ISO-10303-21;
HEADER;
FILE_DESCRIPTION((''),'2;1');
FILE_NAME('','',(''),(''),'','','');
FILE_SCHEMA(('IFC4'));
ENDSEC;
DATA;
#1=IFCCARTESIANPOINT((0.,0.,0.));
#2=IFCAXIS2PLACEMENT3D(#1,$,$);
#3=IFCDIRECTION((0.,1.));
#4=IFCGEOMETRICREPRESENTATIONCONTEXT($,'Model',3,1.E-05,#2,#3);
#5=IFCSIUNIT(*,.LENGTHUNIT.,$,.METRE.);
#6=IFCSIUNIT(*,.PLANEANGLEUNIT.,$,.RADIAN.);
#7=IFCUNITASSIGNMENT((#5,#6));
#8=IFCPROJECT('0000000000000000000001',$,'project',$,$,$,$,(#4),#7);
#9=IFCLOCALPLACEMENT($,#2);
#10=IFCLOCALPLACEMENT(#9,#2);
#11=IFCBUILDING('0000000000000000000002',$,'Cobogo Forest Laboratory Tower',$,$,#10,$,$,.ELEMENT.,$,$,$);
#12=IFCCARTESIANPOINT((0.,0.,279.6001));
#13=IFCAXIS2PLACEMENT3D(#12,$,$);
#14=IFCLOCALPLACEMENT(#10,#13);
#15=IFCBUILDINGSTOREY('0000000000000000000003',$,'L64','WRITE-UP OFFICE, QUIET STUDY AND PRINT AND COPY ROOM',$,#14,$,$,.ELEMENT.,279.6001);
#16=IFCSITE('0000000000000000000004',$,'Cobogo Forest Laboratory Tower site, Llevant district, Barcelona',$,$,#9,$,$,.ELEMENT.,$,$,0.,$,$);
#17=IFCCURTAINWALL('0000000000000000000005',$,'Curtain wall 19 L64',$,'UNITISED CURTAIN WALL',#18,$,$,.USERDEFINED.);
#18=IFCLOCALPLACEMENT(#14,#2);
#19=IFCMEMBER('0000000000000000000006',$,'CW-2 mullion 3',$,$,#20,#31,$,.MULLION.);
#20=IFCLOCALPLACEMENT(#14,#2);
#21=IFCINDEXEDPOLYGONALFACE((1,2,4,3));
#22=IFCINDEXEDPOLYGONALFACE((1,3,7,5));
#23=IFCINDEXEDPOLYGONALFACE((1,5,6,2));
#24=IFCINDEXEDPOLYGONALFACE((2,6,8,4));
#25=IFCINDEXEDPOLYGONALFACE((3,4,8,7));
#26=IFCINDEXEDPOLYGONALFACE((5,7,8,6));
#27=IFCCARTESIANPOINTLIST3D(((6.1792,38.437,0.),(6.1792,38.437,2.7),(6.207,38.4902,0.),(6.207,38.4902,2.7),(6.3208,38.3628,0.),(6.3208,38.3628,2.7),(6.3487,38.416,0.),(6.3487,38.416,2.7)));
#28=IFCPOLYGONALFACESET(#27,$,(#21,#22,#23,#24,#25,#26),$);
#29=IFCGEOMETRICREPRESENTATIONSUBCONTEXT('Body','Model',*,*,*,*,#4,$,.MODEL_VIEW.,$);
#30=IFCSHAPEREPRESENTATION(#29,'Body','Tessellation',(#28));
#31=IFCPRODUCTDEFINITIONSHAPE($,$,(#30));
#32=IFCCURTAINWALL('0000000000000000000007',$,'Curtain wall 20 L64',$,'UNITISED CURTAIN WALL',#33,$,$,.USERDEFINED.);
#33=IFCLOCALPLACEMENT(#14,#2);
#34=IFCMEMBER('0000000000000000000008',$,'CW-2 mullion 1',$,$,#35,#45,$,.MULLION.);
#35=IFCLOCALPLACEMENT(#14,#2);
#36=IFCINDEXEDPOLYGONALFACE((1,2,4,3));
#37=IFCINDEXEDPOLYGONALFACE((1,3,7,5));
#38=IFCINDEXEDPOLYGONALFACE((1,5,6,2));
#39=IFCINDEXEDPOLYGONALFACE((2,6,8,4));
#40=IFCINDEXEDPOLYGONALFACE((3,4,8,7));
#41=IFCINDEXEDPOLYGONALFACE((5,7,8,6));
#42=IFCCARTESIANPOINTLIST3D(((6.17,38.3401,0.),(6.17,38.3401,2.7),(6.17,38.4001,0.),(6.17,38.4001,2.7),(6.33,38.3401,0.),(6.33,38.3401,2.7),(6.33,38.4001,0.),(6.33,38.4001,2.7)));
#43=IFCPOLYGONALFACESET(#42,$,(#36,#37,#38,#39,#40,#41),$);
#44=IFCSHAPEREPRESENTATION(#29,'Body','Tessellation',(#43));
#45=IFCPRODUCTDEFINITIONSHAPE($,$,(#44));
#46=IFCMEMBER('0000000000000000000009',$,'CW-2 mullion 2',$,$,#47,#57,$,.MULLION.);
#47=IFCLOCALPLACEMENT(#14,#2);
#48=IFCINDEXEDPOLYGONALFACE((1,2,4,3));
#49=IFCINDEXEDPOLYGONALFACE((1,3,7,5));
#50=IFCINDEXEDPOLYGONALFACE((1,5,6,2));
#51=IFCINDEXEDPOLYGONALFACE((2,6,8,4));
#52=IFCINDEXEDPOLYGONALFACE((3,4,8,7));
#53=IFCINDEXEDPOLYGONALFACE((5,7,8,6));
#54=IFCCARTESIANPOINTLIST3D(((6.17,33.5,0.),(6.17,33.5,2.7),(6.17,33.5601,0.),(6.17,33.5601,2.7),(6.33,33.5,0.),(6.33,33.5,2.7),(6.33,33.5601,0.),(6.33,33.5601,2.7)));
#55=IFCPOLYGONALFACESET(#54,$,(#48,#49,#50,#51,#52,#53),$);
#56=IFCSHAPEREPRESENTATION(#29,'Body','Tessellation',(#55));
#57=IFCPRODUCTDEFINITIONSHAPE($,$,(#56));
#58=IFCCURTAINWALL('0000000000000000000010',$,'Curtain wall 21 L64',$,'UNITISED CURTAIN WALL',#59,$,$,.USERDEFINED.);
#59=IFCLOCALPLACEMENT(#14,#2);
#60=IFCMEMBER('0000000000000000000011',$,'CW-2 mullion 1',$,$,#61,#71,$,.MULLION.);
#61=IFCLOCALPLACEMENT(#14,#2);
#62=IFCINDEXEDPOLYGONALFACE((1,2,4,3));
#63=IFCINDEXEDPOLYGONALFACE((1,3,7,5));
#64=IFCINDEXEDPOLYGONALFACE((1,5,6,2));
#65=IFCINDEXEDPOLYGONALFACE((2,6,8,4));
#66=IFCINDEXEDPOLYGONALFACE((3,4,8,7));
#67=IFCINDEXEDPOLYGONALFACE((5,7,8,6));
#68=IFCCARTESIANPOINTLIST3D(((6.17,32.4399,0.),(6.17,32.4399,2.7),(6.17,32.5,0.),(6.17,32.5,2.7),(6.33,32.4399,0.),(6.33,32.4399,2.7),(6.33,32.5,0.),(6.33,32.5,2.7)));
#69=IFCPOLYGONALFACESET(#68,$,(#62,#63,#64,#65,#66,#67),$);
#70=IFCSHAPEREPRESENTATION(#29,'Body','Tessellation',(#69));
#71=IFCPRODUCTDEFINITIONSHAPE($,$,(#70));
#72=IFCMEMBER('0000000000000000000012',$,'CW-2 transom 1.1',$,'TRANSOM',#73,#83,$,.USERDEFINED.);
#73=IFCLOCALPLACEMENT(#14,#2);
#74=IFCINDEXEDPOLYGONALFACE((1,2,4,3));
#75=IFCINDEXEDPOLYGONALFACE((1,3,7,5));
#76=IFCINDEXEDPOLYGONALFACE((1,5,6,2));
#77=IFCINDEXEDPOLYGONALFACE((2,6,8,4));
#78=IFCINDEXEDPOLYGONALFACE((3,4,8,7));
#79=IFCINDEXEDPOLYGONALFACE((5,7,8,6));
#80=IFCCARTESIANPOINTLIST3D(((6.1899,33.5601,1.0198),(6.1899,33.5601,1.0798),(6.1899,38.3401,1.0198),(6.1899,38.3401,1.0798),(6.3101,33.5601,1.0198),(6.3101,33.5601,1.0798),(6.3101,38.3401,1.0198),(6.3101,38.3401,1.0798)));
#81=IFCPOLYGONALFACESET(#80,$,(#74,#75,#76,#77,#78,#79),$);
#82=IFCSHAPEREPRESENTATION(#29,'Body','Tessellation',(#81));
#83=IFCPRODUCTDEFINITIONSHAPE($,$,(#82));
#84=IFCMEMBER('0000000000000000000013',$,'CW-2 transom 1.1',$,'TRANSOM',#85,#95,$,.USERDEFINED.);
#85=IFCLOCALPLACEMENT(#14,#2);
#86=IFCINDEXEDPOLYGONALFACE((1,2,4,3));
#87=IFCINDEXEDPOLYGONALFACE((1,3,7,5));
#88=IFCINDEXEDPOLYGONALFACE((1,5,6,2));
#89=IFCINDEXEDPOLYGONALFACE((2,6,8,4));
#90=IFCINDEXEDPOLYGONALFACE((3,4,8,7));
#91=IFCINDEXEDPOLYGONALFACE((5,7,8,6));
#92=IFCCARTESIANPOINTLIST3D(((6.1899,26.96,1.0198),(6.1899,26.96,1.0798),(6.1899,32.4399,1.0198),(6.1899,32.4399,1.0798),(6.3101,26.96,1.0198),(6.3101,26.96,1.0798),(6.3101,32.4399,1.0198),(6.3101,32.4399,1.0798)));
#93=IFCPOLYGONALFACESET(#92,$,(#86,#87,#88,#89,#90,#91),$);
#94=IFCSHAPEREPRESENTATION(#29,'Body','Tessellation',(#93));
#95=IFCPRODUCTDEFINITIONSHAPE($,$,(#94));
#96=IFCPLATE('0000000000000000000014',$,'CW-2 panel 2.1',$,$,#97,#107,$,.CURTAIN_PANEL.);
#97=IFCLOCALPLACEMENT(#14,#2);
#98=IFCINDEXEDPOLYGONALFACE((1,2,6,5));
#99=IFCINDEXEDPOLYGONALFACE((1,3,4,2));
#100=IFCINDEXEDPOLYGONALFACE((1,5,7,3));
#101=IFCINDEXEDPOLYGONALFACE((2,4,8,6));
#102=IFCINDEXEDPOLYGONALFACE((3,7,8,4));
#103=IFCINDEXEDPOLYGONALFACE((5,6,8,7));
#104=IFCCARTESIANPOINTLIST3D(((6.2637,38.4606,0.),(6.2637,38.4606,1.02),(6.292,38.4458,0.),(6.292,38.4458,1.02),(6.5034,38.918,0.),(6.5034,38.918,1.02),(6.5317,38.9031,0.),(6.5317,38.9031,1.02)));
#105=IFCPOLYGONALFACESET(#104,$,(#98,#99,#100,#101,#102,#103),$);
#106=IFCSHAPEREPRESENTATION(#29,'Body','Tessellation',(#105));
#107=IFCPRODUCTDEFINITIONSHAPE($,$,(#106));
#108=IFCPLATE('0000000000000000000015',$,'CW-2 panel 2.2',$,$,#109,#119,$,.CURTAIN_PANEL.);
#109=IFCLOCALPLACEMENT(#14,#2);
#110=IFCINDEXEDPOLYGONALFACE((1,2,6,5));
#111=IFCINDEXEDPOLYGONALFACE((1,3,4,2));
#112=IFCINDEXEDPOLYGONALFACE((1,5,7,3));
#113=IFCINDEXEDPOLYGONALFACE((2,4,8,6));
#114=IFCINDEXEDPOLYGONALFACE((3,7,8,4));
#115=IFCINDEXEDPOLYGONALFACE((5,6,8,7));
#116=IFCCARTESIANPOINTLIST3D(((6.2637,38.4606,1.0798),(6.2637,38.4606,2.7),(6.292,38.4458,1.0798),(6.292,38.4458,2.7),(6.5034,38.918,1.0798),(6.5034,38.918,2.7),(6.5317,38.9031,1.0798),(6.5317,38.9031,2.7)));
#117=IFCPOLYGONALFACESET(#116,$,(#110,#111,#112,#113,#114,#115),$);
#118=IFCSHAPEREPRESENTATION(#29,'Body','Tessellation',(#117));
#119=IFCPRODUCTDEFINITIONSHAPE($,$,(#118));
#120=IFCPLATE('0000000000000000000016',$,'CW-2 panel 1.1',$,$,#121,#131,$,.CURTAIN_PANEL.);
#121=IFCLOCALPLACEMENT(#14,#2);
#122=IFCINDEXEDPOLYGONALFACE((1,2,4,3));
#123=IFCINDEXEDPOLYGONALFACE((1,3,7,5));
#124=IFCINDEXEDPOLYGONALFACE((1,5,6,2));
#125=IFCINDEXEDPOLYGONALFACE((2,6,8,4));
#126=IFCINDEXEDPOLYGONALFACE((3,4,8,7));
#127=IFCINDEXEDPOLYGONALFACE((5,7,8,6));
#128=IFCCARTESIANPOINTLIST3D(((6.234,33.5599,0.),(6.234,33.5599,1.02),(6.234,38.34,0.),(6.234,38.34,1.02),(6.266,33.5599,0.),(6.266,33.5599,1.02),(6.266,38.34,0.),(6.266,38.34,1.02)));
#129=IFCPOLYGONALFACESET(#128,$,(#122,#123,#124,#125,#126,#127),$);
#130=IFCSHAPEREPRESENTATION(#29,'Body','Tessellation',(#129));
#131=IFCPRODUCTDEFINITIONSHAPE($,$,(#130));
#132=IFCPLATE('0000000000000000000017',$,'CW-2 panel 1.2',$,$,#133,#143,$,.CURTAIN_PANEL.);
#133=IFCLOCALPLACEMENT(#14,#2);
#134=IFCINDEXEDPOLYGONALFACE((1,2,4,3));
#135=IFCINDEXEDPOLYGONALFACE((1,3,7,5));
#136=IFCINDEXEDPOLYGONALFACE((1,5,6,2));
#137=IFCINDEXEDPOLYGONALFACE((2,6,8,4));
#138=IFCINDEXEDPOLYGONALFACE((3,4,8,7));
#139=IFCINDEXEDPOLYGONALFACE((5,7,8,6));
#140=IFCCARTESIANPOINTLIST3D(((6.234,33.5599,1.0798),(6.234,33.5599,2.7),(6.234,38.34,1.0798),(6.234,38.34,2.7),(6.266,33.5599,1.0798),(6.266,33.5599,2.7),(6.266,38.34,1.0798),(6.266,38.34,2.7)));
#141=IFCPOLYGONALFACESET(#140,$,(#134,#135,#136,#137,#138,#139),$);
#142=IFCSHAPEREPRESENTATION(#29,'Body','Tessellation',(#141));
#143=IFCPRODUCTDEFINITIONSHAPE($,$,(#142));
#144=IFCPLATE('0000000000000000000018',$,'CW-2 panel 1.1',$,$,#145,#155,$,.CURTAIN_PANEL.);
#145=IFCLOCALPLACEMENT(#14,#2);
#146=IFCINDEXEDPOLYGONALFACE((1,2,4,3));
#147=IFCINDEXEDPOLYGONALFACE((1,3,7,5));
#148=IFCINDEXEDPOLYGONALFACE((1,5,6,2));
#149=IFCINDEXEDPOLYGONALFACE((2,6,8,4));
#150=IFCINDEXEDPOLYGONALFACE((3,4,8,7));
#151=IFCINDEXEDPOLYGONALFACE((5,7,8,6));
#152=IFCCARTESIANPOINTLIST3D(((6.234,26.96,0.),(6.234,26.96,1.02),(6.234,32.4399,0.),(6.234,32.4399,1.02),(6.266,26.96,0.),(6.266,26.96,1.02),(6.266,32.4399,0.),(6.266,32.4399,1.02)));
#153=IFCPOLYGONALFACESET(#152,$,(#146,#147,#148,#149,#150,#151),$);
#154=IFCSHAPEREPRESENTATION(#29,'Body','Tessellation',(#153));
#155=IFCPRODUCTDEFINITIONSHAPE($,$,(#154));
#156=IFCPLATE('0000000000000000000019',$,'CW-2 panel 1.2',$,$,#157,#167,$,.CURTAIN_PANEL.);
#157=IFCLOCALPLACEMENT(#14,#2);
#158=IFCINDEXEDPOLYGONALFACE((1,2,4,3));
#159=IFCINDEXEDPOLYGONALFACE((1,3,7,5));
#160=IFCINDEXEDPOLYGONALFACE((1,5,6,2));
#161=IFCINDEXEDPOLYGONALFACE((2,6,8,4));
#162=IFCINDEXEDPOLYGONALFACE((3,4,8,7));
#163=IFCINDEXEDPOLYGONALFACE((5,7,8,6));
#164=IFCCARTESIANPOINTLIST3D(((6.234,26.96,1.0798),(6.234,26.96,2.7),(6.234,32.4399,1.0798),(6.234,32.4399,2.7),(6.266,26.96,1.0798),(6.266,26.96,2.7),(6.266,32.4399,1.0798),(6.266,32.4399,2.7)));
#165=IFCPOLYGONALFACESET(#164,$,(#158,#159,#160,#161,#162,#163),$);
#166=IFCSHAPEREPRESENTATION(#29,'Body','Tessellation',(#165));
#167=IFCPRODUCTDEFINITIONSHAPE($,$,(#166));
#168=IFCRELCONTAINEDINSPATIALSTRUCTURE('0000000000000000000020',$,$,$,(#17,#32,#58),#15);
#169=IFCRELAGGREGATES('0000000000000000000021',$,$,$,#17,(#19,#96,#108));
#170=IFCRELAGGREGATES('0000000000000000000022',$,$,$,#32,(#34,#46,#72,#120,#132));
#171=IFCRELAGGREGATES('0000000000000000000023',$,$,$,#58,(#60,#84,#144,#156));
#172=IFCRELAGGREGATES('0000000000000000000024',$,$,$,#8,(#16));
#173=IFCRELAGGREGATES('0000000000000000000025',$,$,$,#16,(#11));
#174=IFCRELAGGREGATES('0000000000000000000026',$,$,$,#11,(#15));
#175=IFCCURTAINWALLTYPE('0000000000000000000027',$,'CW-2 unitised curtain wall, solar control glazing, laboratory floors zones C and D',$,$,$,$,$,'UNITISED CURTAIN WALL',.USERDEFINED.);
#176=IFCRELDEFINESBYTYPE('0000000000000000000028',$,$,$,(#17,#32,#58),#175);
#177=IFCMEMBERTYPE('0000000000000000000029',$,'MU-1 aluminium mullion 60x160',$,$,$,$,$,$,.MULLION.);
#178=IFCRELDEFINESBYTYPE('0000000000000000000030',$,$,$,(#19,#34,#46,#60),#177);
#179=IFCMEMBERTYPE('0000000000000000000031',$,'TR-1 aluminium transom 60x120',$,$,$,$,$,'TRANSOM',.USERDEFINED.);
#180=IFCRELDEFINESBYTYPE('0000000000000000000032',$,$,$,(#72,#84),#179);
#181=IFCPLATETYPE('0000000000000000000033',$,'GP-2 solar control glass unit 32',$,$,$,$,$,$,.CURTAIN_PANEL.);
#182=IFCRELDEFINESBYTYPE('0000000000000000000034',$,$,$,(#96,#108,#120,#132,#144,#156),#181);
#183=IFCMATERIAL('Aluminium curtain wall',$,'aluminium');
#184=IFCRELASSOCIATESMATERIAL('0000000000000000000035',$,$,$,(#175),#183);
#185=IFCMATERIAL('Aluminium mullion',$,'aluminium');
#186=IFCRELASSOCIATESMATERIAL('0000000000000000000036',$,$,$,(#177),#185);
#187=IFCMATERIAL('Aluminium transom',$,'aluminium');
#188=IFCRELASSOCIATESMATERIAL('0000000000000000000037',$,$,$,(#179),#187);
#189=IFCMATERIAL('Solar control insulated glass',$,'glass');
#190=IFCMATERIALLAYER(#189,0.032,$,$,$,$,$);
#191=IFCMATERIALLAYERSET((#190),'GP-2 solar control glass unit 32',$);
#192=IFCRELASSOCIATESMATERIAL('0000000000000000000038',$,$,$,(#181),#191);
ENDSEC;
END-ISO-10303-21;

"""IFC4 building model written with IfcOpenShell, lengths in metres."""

from ifc_helpers import new_model, si_unit, direction, frame, origin, origin_2d, place, context, subcontext, project, spatial, rectangle, extrude, material, layer, layer_set, material_profile, profile_set, type_object, element, aggregate, save


model = new_model("IFC4")

# Units and contexts
model_context = context("Model", 3, precision=1e-05, world=origin(), true_north=direction((0.0, 1.0)))
body_context = subcontext(model_context, "Body", "Model", "MODEL_VIEW")
ifc_project = project(units=[si_unit("LENGTHUNIT", "METRE"), si_unit("PLANEANGLEUNIT", "RADIAN")], contexts=[model_context])

# Site, building, storey
site_placement = place(None, origin())
site = spatial("IfcSite", under=ifc_project, at=site_placement, Name="Cobogo Forest Laboratory Tower site, Llevant district, Barcelona", CompositionType="ELEMENT", RefElevation=0.0)
building_placement = place(site_placement, origin())
building = spatial("IfcBuilding", under=site, at=building_placement, Name="Cobogo Forest Laboratory Tower", CompositionType="ELEMENT")
storey_placement = place(building_placement, frame((0.0, 0.0, 279.6001)))
storey = spatial("IfcBuildingStorey", under=building, at=storey_placement, Name="L64", Description="WRITE-UP OFFICE, QUIET STUDY AND PRINT AND COPY ROOM", CompositionType="ELEMENT", Elevation=279.6001)

# Curtain wall, member
ifc_material_1 = material(Name="Aluminium curtain wall", Category="aluminium")
curtain_wall_type = type_object("IfcCurtainWallType", Name="CW-2 unitised curtain wall, solar control glazing, laboratory floors zones C and D", ElementType="UNITISED CURTAIN WALL", PredefinedType="USERDEFINED", material=ifc_material_1)
curtain_wall_1_placement = place(storey_placement, origin())
curtain_wall_1 = element("IfcCurtainWall", 1, at=curtain_wall_1_placement, inside=storey, type_object=curtain_wall_type, Name="Curtain wall 19 L64", ObjectType="UNITISED CURTAIN WALL", PredefinedType="USERDEFINED")
ifc_material_2 = material(Name="Aluminium mullion", Category="aluminium")
ifc_material_profile_1 = material_profile(ifc_material_2, rectangle(XDim=0.0601, YDim=0.1599, at=origin_2d()), Name="AL 60x160")
ifc_profile_set_1 = profile_set([ifc_material_profile_1], Name="Aluminium mullion")
member_type_1 = type_object("IfcMemberType", Name="MU-1 aluminium mullion 60x160", PredefinedType="MULLION", material=ifc_profile_set_1)
member_1_placement = place(storey_placement, frame((6.2639, 38.4265, 0.0), z_axis=(0.0, 0.0, 1.0), x_axis=(-0.464284, -0.885686, 0.0)))
member_1 = element("IfcMember", 2, at=member_1_placement, type_object=member_type_1, Name="CW-2 mullion 3", PredefinedType="MULLION", context=body_context, shape_type="SweptSolid", body=[
    extrude(rectangle(XDim=0.0601, YDim=0.1599, at=origin_2d()), origin(), (0.0, 0.0, 1.0), 2.7),
])

# Curtain wall, members
curtain_wall_2_placement = place(storey_placement, origin())
curtain_wall_2 = element("IfcCurtainWall", 3, at=curtain_wall_2_placement, inside=storey, type_object=curtain_wall_type, Name="Curtain wall 20 L64", ObjectType="UNITISED CURTAIN WALL", PredefinedType="USERDEFINED")
member_2_placement = place(storey_placement, frame((6.25, 38.3701, 0.0), z_axis=(0.0, 0.0, 1.0), x_axis=(0.0, -1.0, 0.0)))
member_2 = element("IfcMember", 4, at=member_2_placement, type_object=member_type_1, Name="CW-2 mullion 1", PredefinedType="MULLION", context=body_context, shape_type="SweptSolid", body=[
    extrude(rectangle(XDim=0.0601, YDim=0.1599, at=origin_2d()), origin(), (0.0, 0.0, 1.0), 2.7),
])
member_3_placement = place(storey_placement, frame((6.25, 33.53, 0.0), z_axis=(0.0, 0.0, 1.0), x_axis=(0.0, -1.0, 0.0)))
member_3 = element("IfcMember", 5, at=member_3_placement, type_object=member_type_1, Name="CW-2 mullion 2", PredefinedType="MULLION", context=body_context, shape_type="SweptSolid", body=[
    extrude(rectangle(XDim=0.0601, YDim=0.1599, at=origin_2d()), origin(), (0.0, 0.0, 1.0), 2.7),
])

# Curtain wall, member
curtain_wall_3_placement = place(storey_placement, origin())
curtain_wall_3 = element("IfcCurtainWall", 6, at=curtain_wall_3_placement, inside=storey, type_object=curtain_wall_type, Name="Curtain wall 21 L64", ObjectType="UNITISED CURTAIN WALL", PredefinedType="USERDEFINED")
member_4_placement = place(storey_placement, frame((6.25, 32.47, 0.0), z_axis=(0.0, 0.0, 1.0), x_axis=(0.0, -1.0, 0.0)))
member_4 = element("IfcMember", 7, at=member_4_placement, type_object=member_type_1, Name="CW-2 mullion 1", PredefinedType="MULLION", context=body_context, shape_type="SweptSolid", body=[
    extrude(rectangle(XDim=0.0601, YDim=0.1599, at=origin_2d()), origin(), (0.0, 0.0, 1.0), 2.7),
])

# Members
ifc_material_3 = material(Name="Aluminium transom", Category="aluminium")
ifc_material_profile_2 = material_profile(ifc_material_3, rectangle(XDim=0.1201, YDim=0.0601, at=origin_2d()), Name="AL 60x120")
ifc_profile_set_2 = profile_set([ifc_material_profile_2], Name="Aluminium transom")
member_type_2 = type_object("IfcMemberType", Name="TR-1 aluminium transom 60x120", ElementType="TRANSOM", PredefinedType="USERDEFINED", material=ifc_profile_set_2)
member_5_placement = place(storey_placement, frame((6.25, 38.3401, 1.0498), z_axis=(0.0, -1.0, 0.0), x_axis=(1.0, 0.0, 0.0)))
member_5 = element("IfcMember", 8, at=member_5_placement, type_object=member_type_2, Name="CW-2 transom 1.1", ObjectType="TRANSOM", PredefinedType="USERDEFINED", context=body_context, shape_type="SweptSolid", body=[
    extrude(rectangle(XDim=0.1201, YDim=0.0601, at=origin_2d()), origin(), (0.0, 0.0, 1.0), 4.78),
])
member_6_placement = place(storey_placement, frame((6.25, 32.4399, 1.0498), z_axis=(0.0, -1.0, 0.0), x_axis=(1.0, 0.0, 0.0)))
member_6 = element("IfcMember", 9, at=member_6_placement, type_object=member_type_2, Name="CW-2 transom 1.1", ObjectType="TRANSOM", PredefinedType="USERDEFINED", context=body_context, shape_type="SweptSolid", body=[
    extrude(rectangle(XDim=0.1201, YDim=0.0601, at=origin_2d()), origin(), (0.0, 0.0, 1.0), 5.48),
])

# Plates
ifc_material_4 = material(Name="Solar control insulated glass", Category="glass")
ifc_layer = layer(ifc_material_4, 0.032)
ifc_layer_set = layer_set([ifc_layer], Name="GP-2 solar control glass unit 32")
plate_type = type_object("IfcPlateType", Name="GP-2 solar control glass unit 32", PredefinedType="CURTAIN_PANEL", material=ifc_layer_set)
plate_1_placement = place(storey_placement, frame((6.3977, 38.6819, 0.0), z_axis=(0.0, 0.0, 1.0), x_axis=(-0.464284, -0.885686, 0.0)))
plate_1 = element("IfcPlate", 10, at=plate_1_placement, type_object=plate_type, Name="CW-2 panel 2.1", PredefinedType="CURTAIN_PANEL", context=body_context, shape_type="SweptSolid", body=[
    extrude(rectangle(XDim=0.5164, YDim=0.032, at=origin_2d()), origin(), (0.0, 0.0, 1.0), 1.02),
])
plate_2_placement = place(storey_placement, frame((6.3977, 38.6819, 1.0798), z_axis=(0.0, 0.0, 1.0), x_axis=(-0.464284, -0.885686, 0.0)))
plate_2 = element("IfcPlate", 11, at=plate_2_placement, type_object=plate_type, Name="CW-2 panel 2.2", PredefinedType="CURTAIN_PANEL", context=body_context, shape_type="SweptSolid", body=[
    extrude(rectangle(XDim=0.5164, YDim=0.032, at=origin_2d()), origin(), (0.0, 0.0, 1.0), 1.6201),
])
aggregate(curtain_wall_1, [member_1, plate_1, plate_2])
plate_3_placement = place(storey_placement, frame((6.25, 35.95, 0.0), z_axis=(0.0, 0.0, 1.0), x_axis=(0.0, -1.0, 0.0)))
plate_3 = element("IfcPlate", 12, at=plate_3_placement, type_object=plate_type, Name="CW-2 panel 1.1", PredefinedType="CURTAIN_PANEL", context=body_context, shape_type="SweptSolid", body=[
    extrude(rectangle(XDim=4.78, YDim=0.032, at=origin_2d()), origin(), (0.0, 0.0, 1.0), 1.02),
])
plate_4_placement = place(storey_placement, frame((6.25, 35.95, 1.0798), z_axis=(0.0, 0.0, 1.0), x_axis=(0.0, -1.0, 0.0)))
plate_4 = element("IfcPlate", 13, at=plate_4_placement, type_object=plate_type, Name="CW-2 panel 1.2", PredefinedType="CURTAIN_PANEL", context=body_context, shape_type="SweptSolid", body=[
    extrude(rectangle(XDim=4.78, YDim=0.032, at=origin_2d()), origin(), (0.0, 0.0, 1.0), 1.6201),
])
aggregate(curtain_wall_2, [member_2, member_3, member_5, plate_3, plate_4])
plate_5_placement = place(storey_placement, frame((6.25, 29.7, 0.0), z_axis=(0.0, 0.0, 1.0), x_axis=(0.0, -1.0, 0.0)))
plate_5 = element("IfcPlate", 14, at=plate_5_placement, type_object=plate_type, Name="CW-2 panel 1.1", PredefinedType="CURTAIN_PANEL", context=body_context, shape_type="SweptSolid", body=[
    extrude(rectangle(XDim=5.48, YDim=0.032, at=origin_2d()), origin(), (0.0, 0.0, 1.0), 1.02),
])
plate_6_placement = place(storey_placement, frame((6.25, 29.7, 1.0798), z_axis=(0.0, 0.0, 1.0), x_axis=(0.0, -1.0, 0.0)))
plate_6 = element("IfcPlate", 15, at=plate_6_placement, type_object=plate_type, Name="CW-2 panel 1.2", PredefinedType="CURTAIN_PANEL", context=body_context, shape_type="SweptSolid", body=[
    extrude(rectangle(XDim=5.48, YDim=0.032, at=origin_2d()), origin(), (0.0, 0.0, 1.0), 1.6201),
])
aggregate(curtain_wall_3, [member_4, member_6, plate_5, plate_6])

save(model, "model.ifc")
